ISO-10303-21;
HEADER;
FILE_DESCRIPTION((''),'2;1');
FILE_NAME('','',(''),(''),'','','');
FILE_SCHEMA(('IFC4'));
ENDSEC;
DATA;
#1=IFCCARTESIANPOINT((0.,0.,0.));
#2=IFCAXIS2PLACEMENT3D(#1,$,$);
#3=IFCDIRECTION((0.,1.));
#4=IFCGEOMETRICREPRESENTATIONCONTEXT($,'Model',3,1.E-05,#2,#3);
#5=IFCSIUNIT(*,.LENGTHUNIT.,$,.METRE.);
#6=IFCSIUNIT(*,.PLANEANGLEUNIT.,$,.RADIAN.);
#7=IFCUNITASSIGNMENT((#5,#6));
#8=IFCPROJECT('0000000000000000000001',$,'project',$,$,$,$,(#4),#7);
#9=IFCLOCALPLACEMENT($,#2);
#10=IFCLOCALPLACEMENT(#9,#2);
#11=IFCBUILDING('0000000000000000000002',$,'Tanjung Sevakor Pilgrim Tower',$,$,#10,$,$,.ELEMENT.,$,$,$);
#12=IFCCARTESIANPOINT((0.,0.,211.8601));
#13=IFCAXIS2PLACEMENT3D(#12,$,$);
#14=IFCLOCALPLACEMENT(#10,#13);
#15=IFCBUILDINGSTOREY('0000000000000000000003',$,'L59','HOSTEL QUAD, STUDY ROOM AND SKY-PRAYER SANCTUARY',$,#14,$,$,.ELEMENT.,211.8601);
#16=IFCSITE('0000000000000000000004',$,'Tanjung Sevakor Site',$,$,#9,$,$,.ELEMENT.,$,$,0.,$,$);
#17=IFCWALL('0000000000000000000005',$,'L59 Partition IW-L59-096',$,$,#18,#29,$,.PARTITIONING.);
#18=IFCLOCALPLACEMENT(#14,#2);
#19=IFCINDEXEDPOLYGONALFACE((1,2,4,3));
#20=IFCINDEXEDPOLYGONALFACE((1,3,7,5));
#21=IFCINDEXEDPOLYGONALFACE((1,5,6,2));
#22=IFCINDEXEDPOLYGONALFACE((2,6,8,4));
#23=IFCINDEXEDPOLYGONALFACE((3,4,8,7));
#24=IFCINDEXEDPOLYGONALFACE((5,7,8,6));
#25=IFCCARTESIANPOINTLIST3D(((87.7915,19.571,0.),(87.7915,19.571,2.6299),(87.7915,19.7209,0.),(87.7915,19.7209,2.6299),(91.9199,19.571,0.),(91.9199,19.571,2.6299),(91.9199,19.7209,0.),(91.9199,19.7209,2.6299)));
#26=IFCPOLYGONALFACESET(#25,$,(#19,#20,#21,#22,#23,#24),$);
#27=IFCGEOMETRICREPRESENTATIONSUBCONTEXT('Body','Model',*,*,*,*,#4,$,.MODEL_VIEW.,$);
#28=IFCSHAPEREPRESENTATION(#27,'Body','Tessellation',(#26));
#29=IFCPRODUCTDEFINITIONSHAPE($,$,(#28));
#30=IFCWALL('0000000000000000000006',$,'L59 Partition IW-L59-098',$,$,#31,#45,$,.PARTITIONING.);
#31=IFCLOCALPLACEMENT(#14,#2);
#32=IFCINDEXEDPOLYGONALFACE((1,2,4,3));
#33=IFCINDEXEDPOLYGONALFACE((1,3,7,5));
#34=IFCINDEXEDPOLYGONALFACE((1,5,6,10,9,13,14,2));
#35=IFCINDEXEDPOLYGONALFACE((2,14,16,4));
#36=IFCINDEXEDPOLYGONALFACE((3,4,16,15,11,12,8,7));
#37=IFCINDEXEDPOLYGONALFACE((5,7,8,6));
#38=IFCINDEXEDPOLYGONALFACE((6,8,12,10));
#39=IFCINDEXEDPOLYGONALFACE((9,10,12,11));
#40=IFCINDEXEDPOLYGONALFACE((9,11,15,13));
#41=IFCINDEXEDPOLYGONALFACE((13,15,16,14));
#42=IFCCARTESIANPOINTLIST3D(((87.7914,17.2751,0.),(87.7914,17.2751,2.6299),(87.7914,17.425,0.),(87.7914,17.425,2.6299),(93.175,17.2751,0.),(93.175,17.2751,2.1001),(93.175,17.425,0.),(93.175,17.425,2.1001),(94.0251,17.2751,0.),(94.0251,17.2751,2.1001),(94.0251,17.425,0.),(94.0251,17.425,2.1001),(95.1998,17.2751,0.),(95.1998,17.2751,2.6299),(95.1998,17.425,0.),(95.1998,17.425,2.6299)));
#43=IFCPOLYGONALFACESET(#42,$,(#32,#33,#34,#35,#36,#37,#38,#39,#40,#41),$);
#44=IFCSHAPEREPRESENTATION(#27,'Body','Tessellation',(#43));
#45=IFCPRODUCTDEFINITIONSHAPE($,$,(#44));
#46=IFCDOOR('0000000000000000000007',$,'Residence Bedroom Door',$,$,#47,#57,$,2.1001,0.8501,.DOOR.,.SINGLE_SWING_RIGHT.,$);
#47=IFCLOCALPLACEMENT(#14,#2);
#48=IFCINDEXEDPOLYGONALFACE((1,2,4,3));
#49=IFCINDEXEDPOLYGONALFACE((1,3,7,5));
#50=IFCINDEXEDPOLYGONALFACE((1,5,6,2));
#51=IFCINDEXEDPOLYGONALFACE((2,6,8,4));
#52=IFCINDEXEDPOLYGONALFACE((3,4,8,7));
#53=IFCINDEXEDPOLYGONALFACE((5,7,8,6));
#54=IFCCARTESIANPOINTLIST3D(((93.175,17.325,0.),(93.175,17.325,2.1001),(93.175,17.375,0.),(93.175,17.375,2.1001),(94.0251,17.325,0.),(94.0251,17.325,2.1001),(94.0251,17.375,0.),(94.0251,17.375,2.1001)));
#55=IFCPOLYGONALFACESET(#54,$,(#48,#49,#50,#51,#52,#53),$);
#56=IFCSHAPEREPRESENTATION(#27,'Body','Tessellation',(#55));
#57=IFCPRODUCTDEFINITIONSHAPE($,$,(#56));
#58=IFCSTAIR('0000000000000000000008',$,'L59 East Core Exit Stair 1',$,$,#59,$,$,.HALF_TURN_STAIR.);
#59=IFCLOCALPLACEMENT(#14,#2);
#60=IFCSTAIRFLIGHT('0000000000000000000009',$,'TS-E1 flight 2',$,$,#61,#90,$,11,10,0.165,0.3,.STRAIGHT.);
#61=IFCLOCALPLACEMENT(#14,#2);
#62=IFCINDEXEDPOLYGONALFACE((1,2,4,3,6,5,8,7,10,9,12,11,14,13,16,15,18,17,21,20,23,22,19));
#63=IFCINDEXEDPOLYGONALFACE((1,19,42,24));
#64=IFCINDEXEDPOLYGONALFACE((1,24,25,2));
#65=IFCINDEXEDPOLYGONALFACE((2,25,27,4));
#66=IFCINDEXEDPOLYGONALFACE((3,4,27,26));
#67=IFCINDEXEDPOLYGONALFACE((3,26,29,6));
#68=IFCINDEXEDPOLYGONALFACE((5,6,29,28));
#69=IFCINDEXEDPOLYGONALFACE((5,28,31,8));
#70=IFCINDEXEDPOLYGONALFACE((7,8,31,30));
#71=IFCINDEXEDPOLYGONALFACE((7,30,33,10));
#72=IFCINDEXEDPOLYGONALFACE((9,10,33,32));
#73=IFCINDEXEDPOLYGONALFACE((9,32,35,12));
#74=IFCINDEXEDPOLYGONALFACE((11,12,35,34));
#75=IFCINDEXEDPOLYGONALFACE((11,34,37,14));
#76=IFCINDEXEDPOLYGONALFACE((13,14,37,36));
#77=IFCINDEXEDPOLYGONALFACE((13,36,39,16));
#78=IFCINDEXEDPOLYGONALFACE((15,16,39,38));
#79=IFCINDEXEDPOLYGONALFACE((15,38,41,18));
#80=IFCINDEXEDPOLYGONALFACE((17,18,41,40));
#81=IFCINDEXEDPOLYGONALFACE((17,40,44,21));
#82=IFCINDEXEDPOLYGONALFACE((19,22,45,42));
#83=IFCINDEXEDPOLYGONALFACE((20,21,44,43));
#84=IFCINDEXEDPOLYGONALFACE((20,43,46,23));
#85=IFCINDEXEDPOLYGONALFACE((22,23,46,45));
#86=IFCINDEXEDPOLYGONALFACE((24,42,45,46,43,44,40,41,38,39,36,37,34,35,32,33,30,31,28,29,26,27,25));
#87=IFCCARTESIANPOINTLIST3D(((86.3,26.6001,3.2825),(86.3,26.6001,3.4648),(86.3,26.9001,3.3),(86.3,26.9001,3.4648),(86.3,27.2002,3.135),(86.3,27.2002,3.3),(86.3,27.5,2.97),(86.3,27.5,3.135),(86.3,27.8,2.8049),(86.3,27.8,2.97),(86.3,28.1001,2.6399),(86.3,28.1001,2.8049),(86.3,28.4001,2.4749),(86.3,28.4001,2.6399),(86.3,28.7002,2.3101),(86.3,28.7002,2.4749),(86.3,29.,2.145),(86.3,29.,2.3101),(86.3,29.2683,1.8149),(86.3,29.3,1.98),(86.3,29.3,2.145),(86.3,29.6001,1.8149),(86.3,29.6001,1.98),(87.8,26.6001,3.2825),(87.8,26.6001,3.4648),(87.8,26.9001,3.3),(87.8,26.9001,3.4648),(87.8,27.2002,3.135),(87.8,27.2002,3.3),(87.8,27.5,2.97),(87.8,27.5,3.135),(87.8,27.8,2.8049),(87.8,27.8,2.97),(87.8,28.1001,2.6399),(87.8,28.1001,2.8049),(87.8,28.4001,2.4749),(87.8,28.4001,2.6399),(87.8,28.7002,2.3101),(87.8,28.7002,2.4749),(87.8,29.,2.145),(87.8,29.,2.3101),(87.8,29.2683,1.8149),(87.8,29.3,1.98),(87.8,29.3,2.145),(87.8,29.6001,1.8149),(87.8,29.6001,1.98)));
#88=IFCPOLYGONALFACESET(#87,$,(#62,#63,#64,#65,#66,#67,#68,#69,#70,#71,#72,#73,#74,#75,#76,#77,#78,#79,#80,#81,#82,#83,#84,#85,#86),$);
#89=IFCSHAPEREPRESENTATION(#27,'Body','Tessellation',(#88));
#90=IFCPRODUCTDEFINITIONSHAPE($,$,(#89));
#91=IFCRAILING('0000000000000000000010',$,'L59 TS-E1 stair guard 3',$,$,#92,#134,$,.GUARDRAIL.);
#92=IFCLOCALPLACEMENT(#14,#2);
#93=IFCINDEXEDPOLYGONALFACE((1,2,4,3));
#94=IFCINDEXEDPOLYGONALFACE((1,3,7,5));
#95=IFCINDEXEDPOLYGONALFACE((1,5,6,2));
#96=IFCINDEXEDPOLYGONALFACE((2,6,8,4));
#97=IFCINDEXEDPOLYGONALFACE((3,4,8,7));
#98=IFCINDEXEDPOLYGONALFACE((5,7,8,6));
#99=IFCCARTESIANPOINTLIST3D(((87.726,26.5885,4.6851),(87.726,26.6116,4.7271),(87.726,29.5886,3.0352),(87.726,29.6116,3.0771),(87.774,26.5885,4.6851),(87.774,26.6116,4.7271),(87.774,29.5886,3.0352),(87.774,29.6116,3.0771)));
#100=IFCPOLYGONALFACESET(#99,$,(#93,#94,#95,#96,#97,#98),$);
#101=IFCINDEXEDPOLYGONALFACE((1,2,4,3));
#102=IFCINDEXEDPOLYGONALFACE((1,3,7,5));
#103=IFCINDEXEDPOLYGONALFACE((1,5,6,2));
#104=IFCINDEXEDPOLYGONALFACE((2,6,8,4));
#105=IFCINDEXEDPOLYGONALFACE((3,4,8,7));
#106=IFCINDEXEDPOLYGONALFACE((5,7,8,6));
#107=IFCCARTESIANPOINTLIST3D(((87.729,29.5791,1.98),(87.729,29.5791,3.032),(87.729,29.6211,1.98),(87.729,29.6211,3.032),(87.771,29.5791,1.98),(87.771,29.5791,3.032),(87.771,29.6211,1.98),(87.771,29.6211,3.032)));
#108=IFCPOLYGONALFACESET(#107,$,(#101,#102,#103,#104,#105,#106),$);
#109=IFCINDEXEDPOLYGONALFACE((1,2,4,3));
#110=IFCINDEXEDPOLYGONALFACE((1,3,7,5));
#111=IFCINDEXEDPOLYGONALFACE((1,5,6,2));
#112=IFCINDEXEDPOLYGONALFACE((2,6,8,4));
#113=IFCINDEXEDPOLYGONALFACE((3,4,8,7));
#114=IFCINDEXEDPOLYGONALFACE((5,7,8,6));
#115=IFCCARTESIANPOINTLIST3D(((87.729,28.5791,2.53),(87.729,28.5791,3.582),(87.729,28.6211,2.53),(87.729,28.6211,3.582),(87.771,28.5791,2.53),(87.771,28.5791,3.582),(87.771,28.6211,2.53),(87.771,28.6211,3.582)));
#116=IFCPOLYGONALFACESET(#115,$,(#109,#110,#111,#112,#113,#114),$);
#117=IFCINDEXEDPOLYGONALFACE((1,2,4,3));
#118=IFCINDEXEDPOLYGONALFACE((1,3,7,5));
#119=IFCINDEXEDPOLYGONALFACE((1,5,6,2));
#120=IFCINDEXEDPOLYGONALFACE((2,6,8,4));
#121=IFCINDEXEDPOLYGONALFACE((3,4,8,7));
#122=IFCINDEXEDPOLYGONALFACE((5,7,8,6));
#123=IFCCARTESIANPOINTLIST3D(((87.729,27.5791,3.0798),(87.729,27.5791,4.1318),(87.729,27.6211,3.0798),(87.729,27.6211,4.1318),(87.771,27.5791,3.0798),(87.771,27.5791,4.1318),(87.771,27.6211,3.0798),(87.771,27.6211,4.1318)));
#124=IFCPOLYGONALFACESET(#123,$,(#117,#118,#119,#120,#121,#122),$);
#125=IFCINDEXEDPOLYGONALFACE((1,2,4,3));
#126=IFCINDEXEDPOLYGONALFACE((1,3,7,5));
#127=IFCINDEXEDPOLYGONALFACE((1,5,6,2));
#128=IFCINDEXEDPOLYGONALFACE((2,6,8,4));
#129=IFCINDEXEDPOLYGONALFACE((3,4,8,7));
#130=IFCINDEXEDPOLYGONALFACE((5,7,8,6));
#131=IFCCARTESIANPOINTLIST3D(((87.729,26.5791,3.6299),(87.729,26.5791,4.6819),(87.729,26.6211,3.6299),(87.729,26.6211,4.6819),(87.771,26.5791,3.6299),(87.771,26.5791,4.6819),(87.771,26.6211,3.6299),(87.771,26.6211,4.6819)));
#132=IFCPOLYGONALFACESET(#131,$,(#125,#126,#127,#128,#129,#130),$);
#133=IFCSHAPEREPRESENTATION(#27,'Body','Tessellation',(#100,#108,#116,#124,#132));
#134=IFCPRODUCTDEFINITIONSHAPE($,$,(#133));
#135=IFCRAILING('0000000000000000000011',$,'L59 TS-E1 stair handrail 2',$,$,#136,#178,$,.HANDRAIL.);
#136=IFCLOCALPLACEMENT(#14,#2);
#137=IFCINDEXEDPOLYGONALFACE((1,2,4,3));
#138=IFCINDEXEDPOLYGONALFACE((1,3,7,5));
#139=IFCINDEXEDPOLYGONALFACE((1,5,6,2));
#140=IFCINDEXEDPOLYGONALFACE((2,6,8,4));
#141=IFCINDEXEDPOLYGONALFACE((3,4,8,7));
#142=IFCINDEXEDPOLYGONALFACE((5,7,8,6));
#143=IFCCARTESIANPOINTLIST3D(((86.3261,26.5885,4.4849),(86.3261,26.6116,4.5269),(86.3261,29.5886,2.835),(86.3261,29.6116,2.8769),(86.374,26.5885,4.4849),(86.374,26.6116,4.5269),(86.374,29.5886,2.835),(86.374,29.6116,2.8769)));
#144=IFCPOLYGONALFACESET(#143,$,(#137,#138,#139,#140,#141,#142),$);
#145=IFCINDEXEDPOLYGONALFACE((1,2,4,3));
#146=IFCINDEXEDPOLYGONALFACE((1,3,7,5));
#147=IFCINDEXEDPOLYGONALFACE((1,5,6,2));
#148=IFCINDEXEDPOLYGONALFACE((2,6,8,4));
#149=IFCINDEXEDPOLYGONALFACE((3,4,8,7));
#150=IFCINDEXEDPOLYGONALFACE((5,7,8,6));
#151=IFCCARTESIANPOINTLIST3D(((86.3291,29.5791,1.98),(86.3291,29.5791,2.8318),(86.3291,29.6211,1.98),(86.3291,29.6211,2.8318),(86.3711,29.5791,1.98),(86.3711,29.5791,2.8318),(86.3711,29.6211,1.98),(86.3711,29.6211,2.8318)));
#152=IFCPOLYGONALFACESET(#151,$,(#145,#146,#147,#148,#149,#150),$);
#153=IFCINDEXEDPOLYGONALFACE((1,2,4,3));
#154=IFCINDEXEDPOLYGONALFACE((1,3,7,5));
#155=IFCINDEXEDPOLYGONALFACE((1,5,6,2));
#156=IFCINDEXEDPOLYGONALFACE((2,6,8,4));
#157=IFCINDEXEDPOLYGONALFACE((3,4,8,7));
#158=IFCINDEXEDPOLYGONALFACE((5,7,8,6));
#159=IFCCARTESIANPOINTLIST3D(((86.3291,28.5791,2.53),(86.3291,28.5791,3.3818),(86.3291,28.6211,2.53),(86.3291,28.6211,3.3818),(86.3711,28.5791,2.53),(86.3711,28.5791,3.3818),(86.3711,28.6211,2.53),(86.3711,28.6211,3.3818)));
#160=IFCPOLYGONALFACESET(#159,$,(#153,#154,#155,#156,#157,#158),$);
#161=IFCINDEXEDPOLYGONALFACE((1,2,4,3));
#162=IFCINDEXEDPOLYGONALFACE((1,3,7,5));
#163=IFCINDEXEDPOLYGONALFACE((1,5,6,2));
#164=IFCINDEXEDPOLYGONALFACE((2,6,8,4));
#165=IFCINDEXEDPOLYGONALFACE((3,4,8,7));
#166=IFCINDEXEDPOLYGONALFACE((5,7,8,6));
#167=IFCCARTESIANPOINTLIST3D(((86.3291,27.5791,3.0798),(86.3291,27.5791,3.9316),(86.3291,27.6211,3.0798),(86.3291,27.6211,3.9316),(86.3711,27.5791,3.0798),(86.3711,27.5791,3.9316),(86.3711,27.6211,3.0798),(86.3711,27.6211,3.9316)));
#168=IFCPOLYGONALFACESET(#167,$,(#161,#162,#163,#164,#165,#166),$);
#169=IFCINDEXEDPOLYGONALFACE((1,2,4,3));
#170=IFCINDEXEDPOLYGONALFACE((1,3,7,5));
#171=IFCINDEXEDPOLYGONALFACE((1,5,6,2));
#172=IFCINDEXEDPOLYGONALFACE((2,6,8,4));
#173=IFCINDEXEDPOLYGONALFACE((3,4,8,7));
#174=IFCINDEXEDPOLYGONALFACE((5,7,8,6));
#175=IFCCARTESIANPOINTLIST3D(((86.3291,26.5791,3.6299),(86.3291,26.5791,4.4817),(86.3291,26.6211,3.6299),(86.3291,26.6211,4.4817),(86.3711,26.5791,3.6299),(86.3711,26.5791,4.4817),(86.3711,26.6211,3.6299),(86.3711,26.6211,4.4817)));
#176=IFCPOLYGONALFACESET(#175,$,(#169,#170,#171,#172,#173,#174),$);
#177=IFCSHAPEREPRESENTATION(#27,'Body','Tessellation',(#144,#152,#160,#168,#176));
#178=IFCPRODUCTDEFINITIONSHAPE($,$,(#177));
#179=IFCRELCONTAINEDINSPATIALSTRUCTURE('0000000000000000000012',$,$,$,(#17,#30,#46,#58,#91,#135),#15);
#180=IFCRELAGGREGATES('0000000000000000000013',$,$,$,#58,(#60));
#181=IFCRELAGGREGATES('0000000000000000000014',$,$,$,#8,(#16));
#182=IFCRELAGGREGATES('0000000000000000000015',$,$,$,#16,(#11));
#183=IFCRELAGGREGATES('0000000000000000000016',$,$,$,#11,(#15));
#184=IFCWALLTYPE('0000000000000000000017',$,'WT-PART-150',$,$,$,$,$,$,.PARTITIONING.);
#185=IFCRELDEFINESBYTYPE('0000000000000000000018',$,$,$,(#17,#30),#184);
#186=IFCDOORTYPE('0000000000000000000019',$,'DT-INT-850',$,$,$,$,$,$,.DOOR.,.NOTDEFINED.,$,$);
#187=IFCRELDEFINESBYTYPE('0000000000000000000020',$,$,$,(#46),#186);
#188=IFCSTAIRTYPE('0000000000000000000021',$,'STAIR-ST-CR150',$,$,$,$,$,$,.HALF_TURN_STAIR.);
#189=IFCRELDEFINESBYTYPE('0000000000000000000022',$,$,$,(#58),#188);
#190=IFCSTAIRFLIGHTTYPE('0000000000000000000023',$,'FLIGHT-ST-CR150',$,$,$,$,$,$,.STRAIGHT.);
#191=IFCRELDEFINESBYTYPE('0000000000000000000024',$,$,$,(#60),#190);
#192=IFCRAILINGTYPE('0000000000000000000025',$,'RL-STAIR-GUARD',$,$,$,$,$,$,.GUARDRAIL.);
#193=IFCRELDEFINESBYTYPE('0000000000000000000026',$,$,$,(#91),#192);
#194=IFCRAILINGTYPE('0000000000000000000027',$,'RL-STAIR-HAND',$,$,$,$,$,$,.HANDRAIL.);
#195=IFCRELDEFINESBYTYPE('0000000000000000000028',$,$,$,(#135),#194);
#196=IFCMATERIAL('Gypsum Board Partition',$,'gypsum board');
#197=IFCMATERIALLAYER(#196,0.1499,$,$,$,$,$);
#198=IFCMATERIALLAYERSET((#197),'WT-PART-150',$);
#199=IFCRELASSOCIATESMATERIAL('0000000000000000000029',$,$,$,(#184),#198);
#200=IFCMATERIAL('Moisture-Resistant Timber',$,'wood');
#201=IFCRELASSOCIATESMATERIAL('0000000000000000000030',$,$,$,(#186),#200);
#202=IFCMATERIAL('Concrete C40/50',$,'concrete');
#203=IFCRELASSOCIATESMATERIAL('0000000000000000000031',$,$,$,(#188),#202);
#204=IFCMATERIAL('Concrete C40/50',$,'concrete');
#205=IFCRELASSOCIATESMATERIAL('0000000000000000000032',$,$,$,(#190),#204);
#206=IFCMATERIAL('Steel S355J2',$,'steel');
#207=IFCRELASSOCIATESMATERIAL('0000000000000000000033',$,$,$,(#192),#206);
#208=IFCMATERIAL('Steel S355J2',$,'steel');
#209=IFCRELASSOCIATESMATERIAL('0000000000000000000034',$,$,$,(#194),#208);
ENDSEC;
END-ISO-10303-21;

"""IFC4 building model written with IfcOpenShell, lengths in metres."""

from ifc_helpers import new_model, si_unit, direction, frame, frame_2d, origin, place, context, subcontext, project, spatial, polyline, rectangle, outline, extrude, material, layer, layer_set, type_object, element, fill, aggregate, save


model = new_model("IFC4")

# Units and contexts
model_context = context("Model", 3, precision=1e-05, world=origin(), true_north=direction((0.0, 1.0)))
body_context = subcontext(model_context, "Body", "Model", "MODEL_VIEW")
ifc_project = project(units=[si_unit("LENGTHUNIT", "METRE"), si_unit("PLANEANGLEUNIT", "RADIAN")], contexts=[model_context])

# Site, building, storey
site_placement = place(None, origin())
site = spatial("IfcSite", under=ifc_project, at=site_placement, Name="Tanjung Sevakor Site", CompositionType="ELEMENT", RefElevation=0.0)
building_placement = place(site_placement, origin())
building = spatial("IfcBuilding", under=site, at=building_placement, Name="Tanjung Sevakor Pilgrim Tower", CompositionType="ELEMENT")
storey_placement = place(building_placement, frame((0.0, 0.0, 211.8601)))
storey = spatial("IfcBuildingStorey", under=building, at=storey_placement, Name="L59", Description="HOSTEL QUAD, STUDY ROOM AND SKY-PRAYER SANCTUARY", CompositionType="ELEMENT", Elevation=211.8601)

# Wall
ifc_material_1 = material(Name="Gypsum Board Partition", Category="gypsum board")
ifc_layer_1 = layer(ifc_material_1, 0.1499)
ifc_layer_set_1 = layer_set([ifc_layer_1], Name="WT-PART-150")
wall_type_1 = type_object("IfcWallType", Name="WT-PART-150", PredefinedType="PARTITIONING", material=ifc_layer_set_1)
wall_1_placement = place(storey_placement, frame((87.7915, 19.646, 0.0), z_axis=(0.0, 0.0, 1.0), x_axis=(1.0, 0.0, 0.0)))
element("IfcWall", 1, at=wall_1_placement, inside=storey, type_object=wall_type_1, Name="L59 Partition IW-L59-096", PredefinedType="PARTITIONING", context=body_context, shape_type="SweptSolid", body=[
    extrude(rectangle(XDim=4.1284, YDim=0.1499, at=frame_2d((2.0642, 0.0))), origin(), (0.0, 0.0, 1.0), 2.6299),
])

# Wall, opening, door
wall_2_placement = place(storey_placement, frame((87.7915, 17.3501, 0.0), z_axis=(0.0, 0.0, 1.0), x_axis=(1.0, 0.0, 0.0)))
wall_2 = element("IfcWall", 2, at=wall_2_placement, inside=storey, type_object=wall_type_1, Name="L59 Partition IW-L59-098", PredefinedType="PARTITIONING", context=body_context, shape_type="SweptSolid", body=[
    extrude(rectangle(XDim=7.4084, YDim=0.1499, at=frame_2d((3.7041, 0.0))), origin(), (0.0, 0.0, 1.0), 2.6299),
])
opening_1_placement = place(wall_2_placement, frame((5.3835, 0.0, 0.0)))
opening_1 = element("IfcOpeningElement", 3, at=opening_1_placement, cuts=wall_2, PredefinedType="OPENING", context=body_context, shape_type="SweptSolid", body=[
    extrude(rectangle(XDim=0.8501, YDim=2.1001, at=frame_2d((0.425, 1.05))), frame((0.0, 0.085, 0.0), z_axis=(0.0, -1.0, 0.0), x_axis=(1.0, 0.0, 0.0)), (0.0, 0.0, 1.0), 0.1699),
])
ifc_material_2 = material(Name="Moisture-Resistant Timber", Category="wood")
door_type_1 = type_object("IfcDoorType", Name="DT-INT-850", OperationType="NOTDEFINED", PredefinedType="DOOR", material=ifc_material_2)
door_1_placement = place(opening_1_placement, origin())
door_1 = element("IfcDoor", 4, at=door_1_placement, inside=storey, type_object=door_type_1, Name="Residence Bedroom Door", OperationType="SINGLE_SWING_RIGHT", OverallHeight=2.1001, OverallWidth=0.8501, PredefinedType="DOOR", context=body_context, shape_type="SweptSolid", body=[
    extrude(rectangle(XDim=0.8501, YDim=2.1001, at=frame_2d((0.425, 1.05))), frame((0.0, 0.0249, 0.0), z_axis=(0.0, -1.0, 0.0), x_axis=(1.0, 0.0, 0.0)), (0.0, 0.0, 1.0), 0.05),
])
fill(opening_1, door_1)

# Stair, stair flight
ifc_material_3 = material(Name="Concrete C40/50", Category="concrete")
stair_type = type_object("IfcStairType", Name="STAIR-ST-CR150", PredefinedType="HALF_TURN_STAIR", material=ifc_material_3)
stair_placement = place(storey_placement, origin())
stair = element("IfcStair", 5, at=stair_placement, inside=storey, type_object=stair_type, Name="L59 East Core Exit Stair 1", PredefinedType="HALF_TURN_STAIR")
ifc_material_4 = material(Name="Concrete C40/50", Category="concrete")
stair_flight_type = type_object("IfcStairFlightType", Name="FLIGHT-ST-CR150", PredefinedType="STRAIGHT", material=ifc_material_4)
stair_flight_placement = place(storey_placement, frame((87.05, 29.6001, 1.8149), z_axis=(0.0, 0.0, 1.0), x_axis=(0.0, -1.0, 0.0)))
stair_flight = element("IfcStairFlight", 6, at=stair_flight_placement, type_object=stair_flight_type, Name="TS-E1 flight 2", NumberOfRisers=11, NumberOfTreads=10, PredefinedType="STRAIGHT", RiserHeight=0.165, TreadLength=0.3, context=body_context, shape_type="SweptSolid", body=[
    extrude(outline(polyline([(0.0, 0.0), (0.0, 0.165), (0.3, 0.165), (0.3, 0.3301), (0.6001, 0.3301), (0.6001, 0.4951), (0.8999, 0.4951), (0.8999, 0.6599), (1.2, 0.6599), (1.2, 0.825), (1.5, 0.825), (1.5, 0.99), (1.8, 0.99), (1.8, 1.155), (2.1001, 1.155), (2.1001, 1.3201), (2.3999, 1.3201), (2.3999, 1.4851), (2.7, 1.4851), (2.7, 1.6499), (3.0, 1.6499), (3.0, 1.8149), (3.0, 1.4675), (0.3318, 0.0), (0.0, 0.0)])), frame((0.0, 0.75, 0.0), z_axis=(0.0, -1.0, 0.0), x_axis=(1.0, 0.0, 0.0)), (0.0, 0.0, 1.0), 1.5),
])
aggregate(stair, [stair_flight])

# Railings
ifc_material_5 = material(Name="Steel S355J2", Category="steel")
railing_type_1 = type_object("IfcRailingType", Name="RL-STAIR-GUARD", PredefinedType="GUARDRAIL", material=ifc_material_5)
railing_1_placement = place(storey_placement, frame((87.75, 29.6001, 1.98)))
element("IfcRailing", 7, at=railing_1_placement, inside=storey, type_object=railing_type_1, Name="L59 TS-E1 stair guard 3", PredefinedType="GUARDRAIL", context=body_context, shape_type="SweptSolid", body=[
    extrude(rectangle(XDim=0.0479, YDim=0.0479), frame((0.0, 0.0, 1.0762), z_axis=(0.0, -0.876228, 0.481897), x_axis=(1.0, 0.0, 0.0)), (0.0, 0.0, 1.0), 3.4238),
    extrude(rectangle(XDim=0.042, YDim=0.042), origin(), (0.0, 0.0, 1.0), 1.052),
    extrude(rectangle(XDim=0.042, YDim=0.042), frame((0.0, -1.0, 0.55)), (0.0, 0.0, 1.0), 1.052),
    extrude(rectangle(XDim=0.042, YDim=0.042), frame((0.0, -2.0, 1.0999)), (0.0, 0.0, 1.0), 1.052),
    extrude(rectangle(XDim=0.042, YDim=0.042), frame((0.0, -3.0, 1.6499)), (0.0, 0.0, 1.0), 1.052),
])
ifc_material_6 = material(Name="Steel S355J2", Category="steel")
railing_type_2 = type_object("IfcRailingType", Name="RL-STAIR-HAND", PredefinedType="HANDRAIL", material=ifc_material_6)
railing_2_placement = place(storey_placement, frame((86.3501, 29.6001, 1.98)))
element("IfcRailing", 8, at=railing_2_placement, inside=storey, type_object=railing_type_2, Name="L59 TS-E1 stair handrail 2", PredefinedType="HANDRAIL", context=body_context, shape_type="SweptSolid", body=[
    extrude(rectangle(XDim=0.0479, YDim=0.0479), frame((0.0, 0.0, 0.876), z_axis=(0.0, -0.876228, 0.481897), x_axis=(1.0, 0.0, 0.0)), (0.0, 0.0, 1.0), 3.4238),
    extrude(rectangle(XDim=0.042, YDim=0.042), origin(), (0.0, 0.0, 1.0), 0.8518),
    extrude(rectangle(XDim=0.042, YDim=0.042), frame((0.0, -1.0, 0.55)), (0.0, 0.0, 1.0), 0.8518),
    extrude(rectangle(XDim=0.042, YDim=0.042), frame((0.0, -2.0, 1.0999)), (0.0, 0.0, 1.0), 0.8518),
    extrude(rectangle(XDim=0.042, YDim=0.042), frame((0.0, -3.0, 1.6499)), (0.0, 0.0, 1.0), 0.8518),
])

save(model, "model.ifc")
